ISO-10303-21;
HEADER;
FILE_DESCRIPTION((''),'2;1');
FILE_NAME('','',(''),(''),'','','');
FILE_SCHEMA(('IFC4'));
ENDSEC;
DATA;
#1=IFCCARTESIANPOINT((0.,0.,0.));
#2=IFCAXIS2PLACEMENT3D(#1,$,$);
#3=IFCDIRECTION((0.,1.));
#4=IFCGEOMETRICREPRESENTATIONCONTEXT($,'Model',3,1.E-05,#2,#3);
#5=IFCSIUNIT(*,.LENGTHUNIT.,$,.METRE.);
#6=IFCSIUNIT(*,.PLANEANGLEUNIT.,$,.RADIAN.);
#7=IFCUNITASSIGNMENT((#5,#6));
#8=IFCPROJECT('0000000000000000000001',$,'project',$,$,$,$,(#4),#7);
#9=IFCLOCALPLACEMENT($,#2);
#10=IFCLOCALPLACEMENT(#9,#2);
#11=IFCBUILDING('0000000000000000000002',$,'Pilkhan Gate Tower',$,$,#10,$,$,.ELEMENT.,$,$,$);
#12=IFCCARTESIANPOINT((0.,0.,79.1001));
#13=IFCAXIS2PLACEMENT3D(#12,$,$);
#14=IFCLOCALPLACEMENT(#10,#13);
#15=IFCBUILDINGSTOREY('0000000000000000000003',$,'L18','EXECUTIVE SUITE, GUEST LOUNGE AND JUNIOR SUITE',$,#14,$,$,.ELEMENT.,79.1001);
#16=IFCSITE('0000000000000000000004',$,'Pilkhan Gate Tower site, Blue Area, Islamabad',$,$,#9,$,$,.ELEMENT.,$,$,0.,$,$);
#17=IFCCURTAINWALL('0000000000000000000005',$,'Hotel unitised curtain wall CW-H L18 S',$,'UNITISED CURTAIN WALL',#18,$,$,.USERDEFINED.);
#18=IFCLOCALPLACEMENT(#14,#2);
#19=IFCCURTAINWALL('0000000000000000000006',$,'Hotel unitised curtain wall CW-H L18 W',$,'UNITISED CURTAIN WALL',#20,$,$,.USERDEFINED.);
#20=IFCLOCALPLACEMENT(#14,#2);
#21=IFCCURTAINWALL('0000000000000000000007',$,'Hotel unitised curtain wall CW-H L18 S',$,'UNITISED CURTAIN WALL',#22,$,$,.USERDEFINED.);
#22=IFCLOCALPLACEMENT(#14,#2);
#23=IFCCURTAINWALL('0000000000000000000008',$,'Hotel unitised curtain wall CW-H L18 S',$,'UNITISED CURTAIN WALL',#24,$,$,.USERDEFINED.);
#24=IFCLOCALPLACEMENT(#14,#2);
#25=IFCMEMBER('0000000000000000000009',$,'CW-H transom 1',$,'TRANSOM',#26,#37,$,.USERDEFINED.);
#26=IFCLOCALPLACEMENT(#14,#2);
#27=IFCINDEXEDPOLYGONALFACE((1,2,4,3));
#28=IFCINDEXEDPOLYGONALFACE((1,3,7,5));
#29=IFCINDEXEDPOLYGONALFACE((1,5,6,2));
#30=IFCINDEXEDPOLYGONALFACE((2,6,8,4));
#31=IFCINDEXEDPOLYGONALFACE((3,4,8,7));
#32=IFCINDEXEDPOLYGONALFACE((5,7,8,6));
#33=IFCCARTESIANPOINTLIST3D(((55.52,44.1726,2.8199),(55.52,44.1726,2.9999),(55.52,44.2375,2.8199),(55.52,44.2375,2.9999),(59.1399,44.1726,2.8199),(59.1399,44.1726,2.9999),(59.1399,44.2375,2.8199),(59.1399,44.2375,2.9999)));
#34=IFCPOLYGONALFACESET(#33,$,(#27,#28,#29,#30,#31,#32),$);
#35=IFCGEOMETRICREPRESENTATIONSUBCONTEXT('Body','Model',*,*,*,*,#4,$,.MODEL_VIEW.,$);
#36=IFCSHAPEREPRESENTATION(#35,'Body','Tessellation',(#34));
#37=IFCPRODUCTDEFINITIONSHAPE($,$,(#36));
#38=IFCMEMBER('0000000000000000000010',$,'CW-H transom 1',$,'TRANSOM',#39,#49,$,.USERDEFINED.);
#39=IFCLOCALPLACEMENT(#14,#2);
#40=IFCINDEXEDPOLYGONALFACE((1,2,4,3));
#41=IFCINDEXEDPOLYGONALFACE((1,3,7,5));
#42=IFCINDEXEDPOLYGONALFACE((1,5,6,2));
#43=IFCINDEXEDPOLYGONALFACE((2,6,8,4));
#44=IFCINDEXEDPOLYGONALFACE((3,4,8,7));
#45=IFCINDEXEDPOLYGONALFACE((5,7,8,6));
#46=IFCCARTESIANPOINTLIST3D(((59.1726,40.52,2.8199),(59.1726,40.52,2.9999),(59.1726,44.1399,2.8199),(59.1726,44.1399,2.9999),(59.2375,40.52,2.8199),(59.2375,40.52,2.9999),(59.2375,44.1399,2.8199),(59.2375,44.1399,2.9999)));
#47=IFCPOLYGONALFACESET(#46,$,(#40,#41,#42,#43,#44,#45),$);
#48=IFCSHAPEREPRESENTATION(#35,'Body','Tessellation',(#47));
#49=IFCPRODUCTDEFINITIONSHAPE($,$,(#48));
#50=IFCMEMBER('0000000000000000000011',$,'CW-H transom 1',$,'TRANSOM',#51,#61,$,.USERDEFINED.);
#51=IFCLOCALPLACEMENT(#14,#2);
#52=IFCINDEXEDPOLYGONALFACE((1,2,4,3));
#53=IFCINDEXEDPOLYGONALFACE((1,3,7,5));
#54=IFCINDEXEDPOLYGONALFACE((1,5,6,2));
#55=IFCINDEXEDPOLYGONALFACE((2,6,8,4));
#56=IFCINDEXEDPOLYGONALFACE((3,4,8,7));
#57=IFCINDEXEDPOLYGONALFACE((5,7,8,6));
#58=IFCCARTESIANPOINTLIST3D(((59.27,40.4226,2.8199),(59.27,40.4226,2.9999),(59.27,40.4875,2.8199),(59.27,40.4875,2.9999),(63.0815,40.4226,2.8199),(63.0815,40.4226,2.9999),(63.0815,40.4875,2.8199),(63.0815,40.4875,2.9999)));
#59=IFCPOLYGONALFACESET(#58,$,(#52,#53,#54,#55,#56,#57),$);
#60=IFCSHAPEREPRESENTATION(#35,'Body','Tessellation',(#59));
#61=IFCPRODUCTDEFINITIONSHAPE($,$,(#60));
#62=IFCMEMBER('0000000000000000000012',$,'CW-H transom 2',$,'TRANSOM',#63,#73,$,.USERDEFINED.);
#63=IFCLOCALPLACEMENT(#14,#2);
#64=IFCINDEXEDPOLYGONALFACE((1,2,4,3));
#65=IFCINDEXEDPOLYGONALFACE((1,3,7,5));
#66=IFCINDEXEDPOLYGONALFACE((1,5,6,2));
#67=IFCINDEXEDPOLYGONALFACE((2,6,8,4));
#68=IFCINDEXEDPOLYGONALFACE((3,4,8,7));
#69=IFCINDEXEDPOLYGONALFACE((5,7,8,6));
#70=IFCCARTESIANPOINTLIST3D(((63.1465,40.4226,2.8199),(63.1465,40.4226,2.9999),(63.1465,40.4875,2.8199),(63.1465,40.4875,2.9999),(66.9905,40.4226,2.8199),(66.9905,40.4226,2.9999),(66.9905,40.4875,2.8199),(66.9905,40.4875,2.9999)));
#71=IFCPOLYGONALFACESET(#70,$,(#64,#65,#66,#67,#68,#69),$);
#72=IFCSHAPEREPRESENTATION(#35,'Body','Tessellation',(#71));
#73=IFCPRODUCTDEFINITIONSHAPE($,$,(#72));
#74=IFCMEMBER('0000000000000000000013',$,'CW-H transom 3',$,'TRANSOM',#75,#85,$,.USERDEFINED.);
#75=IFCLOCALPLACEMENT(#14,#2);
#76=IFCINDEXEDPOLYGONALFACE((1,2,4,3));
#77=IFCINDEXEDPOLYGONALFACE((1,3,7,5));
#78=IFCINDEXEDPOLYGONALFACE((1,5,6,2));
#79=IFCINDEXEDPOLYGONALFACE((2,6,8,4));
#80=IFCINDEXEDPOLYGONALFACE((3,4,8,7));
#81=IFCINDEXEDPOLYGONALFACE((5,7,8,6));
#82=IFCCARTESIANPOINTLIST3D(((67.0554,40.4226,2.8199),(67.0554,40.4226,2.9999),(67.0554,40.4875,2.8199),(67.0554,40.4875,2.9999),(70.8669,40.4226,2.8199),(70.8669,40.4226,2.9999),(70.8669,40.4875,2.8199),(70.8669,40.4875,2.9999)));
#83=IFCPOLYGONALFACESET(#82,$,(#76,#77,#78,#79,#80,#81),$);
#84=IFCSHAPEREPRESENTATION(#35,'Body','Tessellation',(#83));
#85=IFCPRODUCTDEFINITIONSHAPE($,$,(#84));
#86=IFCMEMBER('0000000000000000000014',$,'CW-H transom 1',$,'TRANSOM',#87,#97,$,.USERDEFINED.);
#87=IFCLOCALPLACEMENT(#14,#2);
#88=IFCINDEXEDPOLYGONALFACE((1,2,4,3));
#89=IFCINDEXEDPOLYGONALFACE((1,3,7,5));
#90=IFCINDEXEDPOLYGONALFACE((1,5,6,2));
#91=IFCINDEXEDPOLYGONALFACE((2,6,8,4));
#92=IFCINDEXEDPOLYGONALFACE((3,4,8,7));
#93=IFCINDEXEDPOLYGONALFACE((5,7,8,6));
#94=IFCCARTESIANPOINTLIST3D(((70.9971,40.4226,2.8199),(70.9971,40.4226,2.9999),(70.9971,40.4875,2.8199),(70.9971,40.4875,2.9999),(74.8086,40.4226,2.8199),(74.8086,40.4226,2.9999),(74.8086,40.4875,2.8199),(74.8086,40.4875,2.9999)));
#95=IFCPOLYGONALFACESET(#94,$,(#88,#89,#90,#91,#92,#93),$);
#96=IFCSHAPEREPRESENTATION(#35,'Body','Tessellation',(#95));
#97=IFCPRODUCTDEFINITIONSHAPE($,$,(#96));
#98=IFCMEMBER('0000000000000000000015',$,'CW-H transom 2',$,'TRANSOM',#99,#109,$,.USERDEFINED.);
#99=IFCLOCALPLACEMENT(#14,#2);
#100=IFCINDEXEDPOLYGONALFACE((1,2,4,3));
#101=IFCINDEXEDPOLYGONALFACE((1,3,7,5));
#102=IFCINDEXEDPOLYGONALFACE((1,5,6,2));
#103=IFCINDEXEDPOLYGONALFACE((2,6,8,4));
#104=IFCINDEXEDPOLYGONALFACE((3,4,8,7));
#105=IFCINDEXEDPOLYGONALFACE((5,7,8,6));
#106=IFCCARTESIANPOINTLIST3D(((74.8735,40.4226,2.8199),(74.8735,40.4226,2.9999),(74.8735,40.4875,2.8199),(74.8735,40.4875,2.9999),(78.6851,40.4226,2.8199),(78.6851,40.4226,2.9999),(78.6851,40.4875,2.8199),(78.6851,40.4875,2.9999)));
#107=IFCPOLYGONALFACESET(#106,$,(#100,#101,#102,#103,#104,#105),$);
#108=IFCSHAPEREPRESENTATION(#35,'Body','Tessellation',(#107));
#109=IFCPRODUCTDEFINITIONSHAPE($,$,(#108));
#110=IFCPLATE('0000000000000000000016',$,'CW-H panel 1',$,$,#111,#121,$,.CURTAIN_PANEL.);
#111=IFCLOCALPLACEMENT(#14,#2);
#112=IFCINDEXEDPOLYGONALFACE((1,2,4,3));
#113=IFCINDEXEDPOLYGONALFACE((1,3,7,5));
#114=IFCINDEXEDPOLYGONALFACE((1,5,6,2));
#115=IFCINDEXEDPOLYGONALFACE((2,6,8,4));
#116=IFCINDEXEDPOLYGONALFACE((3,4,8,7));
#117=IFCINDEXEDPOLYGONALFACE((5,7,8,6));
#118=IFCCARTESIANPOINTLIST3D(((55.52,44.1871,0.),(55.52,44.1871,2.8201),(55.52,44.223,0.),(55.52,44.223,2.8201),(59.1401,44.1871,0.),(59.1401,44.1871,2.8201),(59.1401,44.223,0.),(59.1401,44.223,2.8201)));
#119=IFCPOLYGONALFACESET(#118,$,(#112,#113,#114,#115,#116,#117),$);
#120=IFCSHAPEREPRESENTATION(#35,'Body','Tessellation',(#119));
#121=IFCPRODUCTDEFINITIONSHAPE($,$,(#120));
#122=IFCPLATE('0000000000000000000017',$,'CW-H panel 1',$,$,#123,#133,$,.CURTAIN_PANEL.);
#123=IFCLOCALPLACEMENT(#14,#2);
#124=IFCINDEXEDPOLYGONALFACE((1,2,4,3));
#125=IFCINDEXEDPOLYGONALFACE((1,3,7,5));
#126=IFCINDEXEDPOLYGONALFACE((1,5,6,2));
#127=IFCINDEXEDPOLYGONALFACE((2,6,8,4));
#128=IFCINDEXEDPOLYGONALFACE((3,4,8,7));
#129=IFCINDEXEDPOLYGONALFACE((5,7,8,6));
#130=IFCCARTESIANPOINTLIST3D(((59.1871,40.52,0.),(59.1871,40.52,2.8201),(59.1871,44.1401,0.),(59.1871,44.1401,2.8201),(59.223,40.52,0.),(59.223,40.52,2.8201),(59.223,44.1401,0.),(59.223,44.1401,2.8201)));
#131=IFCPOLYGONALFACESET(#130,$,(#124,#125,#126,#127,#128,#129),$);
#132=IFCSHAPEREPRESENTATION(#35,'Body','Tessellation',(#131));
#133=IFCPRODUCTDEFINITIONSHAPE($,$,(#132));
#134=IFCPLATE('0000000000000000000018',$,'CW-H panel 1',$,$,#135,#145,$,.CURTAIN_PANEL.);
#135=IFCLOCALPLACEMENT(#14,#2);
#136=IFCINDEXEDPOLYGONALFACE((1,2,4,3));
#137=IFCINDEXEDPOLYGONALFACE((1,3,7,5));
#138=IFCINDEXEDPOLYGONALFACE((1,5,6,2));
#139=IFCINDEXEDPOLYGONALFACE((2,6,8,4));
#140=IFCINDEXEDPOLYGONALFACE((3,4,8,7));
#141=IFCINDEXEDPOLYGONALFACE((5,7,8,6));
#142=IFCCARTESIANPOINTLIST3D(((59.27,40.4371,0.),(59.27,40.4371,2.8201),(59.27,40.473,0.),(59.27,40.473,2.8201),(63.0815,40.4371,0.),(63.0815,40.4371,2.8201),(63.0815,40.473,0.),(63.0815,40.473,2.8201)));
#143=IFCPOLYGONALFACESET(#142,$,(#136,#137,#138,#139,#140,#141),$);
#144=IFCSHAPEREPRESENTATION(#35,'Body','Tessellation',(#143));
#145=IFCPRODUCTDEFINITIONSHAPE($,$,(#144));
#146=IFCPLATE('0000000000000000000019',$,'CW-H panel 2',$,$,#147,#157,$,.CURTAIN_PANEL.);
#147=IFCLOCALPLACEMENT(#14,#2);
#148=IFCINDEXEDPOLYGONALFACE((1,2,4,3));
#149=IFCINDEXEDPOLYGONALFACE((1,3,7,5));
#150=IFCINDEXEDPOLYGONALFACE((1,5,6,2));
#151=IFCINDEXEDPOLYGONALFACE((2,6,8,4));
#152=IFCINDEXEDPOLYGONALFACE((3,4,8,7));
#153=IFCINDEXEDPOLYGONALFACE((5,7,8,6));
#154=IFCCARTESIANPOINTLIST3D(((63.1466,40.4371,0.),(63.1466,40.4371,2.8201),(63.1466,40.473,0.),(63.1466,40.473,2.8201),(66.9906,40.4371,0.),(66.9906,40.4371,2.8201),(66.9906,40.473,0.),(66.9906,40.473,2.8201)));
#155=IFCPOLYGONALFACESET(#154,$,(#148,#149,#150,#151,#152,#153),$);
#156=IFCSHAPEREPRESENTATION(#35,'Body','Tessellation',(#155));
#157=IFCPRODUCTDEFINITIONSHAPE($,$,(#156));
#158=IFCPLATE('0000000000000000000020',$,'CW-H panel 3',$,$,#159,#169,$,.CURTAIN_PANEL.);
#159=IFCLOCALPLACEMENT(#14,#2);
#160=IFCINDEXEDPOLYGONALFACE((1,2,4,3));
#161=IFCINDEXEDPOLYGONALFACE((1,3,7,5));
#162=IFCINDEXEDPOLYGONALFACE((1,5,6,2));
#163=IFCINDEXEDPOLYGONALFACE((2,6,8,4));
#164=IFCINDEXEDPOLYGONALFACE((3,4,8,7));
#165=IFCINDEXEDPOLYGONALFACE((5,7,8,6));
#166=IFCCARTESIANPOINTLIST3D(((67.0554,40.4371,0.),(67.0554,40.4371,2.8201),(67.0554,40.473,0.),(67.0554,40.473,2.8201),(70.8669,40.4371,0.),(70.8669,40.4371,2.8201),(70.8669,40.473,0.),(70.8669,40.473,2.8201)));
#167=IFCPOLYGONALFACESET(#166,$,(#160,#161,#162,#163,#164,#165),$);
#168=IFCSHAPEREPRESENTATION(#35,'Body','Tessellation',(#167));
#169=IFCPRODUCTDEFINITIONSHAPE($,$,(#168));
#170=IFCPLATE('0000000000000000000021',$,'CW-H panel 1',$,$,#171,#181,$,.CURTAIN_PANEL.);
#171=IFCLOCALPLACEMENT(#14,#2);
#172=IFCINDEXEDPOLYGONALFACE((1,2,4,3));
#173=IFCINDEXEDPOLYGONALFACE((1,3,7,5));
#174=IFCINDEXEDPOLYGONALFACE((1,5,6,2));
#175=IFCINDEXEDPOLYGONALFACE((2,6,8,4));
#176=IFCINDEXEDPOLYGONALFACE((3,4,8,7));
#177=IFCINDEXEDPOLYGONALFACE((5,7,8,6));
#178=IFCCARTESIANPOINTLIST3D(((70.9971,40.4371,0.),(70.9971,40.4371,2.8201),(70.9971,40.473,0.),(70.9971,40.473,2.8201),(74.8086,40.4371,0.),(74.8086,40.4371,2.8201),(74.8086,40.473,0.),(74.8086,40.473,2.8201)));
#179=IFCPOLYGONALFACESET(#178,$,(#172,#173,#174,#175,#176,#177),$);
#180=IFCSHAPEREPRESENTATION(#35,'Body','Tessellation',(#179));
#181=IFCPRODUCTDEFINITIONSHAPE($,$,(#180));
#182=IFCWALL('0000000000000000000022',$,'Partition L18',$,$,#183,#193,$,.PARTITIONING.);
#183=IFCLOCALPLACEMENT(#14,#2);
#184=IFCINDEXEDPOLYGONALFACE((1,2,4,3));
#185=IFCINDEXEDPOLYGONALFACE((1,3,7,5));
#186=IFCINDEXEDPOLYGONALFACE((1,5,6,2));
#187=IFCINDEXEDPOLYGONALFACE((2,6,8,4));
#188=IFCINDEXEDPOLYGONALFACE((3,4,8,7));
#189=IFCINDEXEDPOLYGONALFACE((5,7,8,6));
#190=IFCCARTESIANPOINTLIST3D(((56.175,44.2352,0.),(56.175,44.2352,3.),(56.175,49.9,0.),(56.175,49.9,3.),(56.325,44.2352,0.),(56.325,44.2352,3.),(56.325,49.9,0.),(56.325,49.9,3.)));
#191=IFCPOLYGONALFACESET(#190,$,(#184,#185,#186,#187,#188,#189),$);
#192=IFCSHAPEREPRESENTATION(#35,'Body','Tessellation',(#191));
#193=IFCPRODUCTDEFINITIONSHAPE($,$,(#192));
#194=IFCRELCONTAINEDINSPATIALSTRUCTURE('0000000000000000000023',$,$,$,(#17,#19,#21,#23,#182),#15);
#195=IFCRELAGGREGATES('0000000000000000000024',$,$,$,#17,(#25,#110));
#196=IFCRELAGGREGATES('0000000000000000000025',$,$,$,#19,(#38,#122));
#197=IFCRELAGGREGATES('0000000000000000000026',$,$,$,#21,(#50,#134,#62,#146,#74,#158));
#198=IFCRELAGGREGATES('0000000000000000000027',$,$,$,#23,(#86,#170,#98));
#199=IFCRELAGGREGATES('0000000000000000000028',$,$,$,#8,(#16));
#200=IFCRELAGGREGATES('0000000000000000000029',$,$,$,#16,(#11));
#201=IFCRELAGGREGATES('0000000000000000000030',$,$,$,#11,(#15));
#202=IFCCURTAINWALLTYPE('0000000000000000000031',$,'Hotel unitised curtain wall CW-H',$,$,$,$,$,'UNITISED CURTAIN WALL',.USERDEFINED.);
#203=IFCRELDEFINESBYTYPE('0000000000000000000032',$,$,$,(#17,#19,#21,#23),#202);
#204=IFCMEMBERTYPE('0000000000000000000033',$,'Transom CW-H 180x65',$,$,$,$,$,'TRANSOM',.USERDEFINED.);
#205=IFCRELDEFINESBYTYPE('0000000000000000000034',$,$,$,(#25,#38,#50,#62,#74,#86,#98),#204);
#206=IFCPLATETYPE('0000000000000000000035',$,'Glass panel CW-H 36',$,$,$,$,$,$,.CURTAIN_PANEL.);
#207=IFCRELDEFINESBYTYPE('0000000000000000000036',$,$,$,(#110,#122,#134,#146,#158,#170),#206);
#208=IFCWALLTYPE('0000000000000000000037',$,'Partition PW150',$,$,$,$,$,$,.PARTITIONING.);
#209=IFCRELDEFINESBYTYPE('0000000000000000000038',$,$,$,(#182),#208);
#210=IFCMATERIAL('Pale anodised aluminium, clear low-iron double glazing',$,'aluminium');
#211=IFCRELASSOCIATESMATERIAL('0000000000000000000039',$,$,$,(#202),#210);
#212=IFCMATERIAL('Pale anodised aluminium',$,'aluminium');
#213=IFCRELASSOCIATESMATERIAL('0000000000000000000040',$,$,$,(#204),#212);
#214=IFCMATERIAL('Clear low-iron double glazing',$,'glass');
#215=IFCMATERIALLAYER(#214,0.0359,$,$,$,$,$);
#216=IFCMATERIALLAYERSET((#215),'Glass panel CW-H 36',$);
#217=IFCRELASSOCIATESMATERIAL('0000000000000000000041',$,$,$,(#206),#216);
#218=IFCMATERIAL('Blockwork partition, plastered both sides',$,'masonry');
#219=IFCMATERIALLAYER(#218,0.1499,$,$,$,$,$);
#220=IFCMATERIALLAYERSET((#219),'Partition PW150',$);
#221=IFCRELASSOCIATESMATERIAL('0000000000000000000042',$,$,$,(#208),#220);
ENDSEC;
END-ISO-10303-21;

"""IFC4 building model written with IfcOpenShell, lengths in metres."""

from ifc_helpers import new_model, si_unit, direction, frame, frame_2d, origin, origin_2d, place, context, subcontext, project, spatial, rectangle, extrude, material, layer, layer_set, material_profile, profile_set, type_object, element, aggregate, save


model = new_model("IFC4")

# Units and contexts
model_context = context("Model", 3, precision=1e-05, world=origin(), true_north=direction((0.0, 1.0)))
body_context = subcontext(model_context, "Body", "Model", "MODEL_VIEW")
ifc_project = project(units=[si_unit("LENGTHUNIT", "METRE"), si_unit("PLANEANGLEUNIT", "RADIAN")], contexts=[model_context])

# Site, building, storey
site_placement = place(None, origin())
site = spatial("IfcSite", under=ifc_project, at=site_placement, Name="Pilkhan Gate Tower site, Blue Area, Islamabad", CompositionType="ELEMENT", RefElevation=0.0)
building_placement = place(site_placement, origin())
building = spatial("IfcBuilding", under=site, at=building_placement, Name="Pilkhan Gate Tower", CompositionType="ELEMENT")
storey_placement = place(building_placement, frame((0.0, 0.0, 79.1001)))
storey = spatial("IfcBuildingStorey", under=building, at=storey_placement, Name="L18", Description="EXECUTIVE SUITE, GUEST LOUNGE AND JUNIOR SUITE", CompositionType="ELEMENT", Elevation=79.1001)

# Shared definitions
ifc_material_1 = material(Name="Pale anodised aluminium, clear low-iron double glazing", Category="aluminium")
curtain_wall_type = type_object("IfcCurtainWallType", Name="Hotel unitised curtain wall CW-H", ElementType="UNITISED CURTAIN WALL", PredefinedType="USERDEFINED", material=ifc_material_1)
ifc_material_2 = material(Name="Pale anodised aluminium", Category="aluminium")

# Curtain walls
curtain_wall_1_placement = place(storey_placement, origin())
curtain_wall_1 = element("IfcCurtainWall", 1, at=curtain_wall_1_placement, inside=storey, type_object=curtain_wall_type, Name="Hotel unitised curtain wall CW-H L18 S", ObjectType="UNITISED CURTAIN WALL", PredefinedType="USERDEFINED")
curtain_wall_2_placement = place(storey_placement, origin())
curtain_wall_2 = element("IfcCurtainWall", 2, at=curtain_wall_2_placement, inside=storey, type_object=curtain_wall_type, Name="Hotel unitised curtain wall CW-H L18 W", ObjectType="UNITISED CURTAIN WALL", PredefinedType="USERDEFINED")
curtain_wall_3_placement = place(storey_placement, origin())
curtain_wall_3 = element("IfcCurtainWall", 3, at=curtain_wall_3_placement, inside=storey, type_object=curtain_wall_type, Name="Hotel unitised curtain wall CW-H L18 S", ObjectType="UNITISED CURTAIN WALL", PredefinedType="USERDEFINED")
curtain_wall_4_placement = place(storey_placement, origin())
curtain_wall_4 = element("IfcCurtainWall", 4, at=curtain_wall_4_placement, inside=storey, type_object=curtain_wall_type, Name="Hotel unitised curtain wall CW-H L18 S", ObjectType="UNITISED CURTAIN WALL", PredefinedType="USERDEFINED")

# Members
ifc_material_profile_1 = material_profile(ifc_material_2, rectangle(XDim=0.0649, YDim=0.1799, at=origin_2d()), Name="Transom 180x65")
ifc_profile_set_1 = profile_set([ifc_material_profile_1], Name="Pale anodised aluminium")
member_type_1 = type_object("IfcMemberType", Name="Transom CW-H 180x65", ElementType="TRANSOM", PredefinedType="USERDEFINED", material=ifc_profile_set_1)
member_1_placement = place(storey_placement, frame((55.52, 44.2051, 2.9099), z_axis=(1.0, 0.0, 0.0), x_axis=(0.0, 1.0, 0.0)))
member_1 = element("IfcMember", 5, at=member_1_placement, type_object=member_type_1, Name="CW-H transom 1", ObjectType="TRANSOM", PredefinedType="USERDEFINED", context=body_context, shape_type="SweptSolid", body=[
    extrude(rectangle(XDim=0.0649, YDim=0.1799, at=origin_2d()), origin(), (0.0, 0.0, 1.0), 3.6199),
])
member_2_placement = place(storey_placement, frame((59.2051, 40.52, 2.9099), z_axis=(0.0, 1.0, 0.0), x_axis=(-1.0, 0.0, 0.0)))
member_2 = element("IfcMember", 6, at=member_2_placement, type_object=member_type_1, Name="CW-H transom 1", ObjectType="TRANSOM", PredefinedType="USERDEFINED", context=body_context, shape_type="SweptSolid", body=[
    extrude(rectangle(XDim=0.0649, YDim=0.1799, at=origin_2d()), origin(), (0.0, 0.0, 1.0), 3.6199),
])
member_3_placement = place(storey_placement, frame((59.27, 40.4551, 2.9099), z_axis=(1.0, 0.0, 0.0), x_axis=(0.0, 1.0, 0.0)))
member_3 = element("IfcMember", 7, at=member_3_placement, type_object=member_type_1, Name="CW-H transom 1", ObjectType="TRANSOM", PredefinedType="USERDEFINED", context=body_context, shape_type="SweptSolid", body=[
    extrude(rectangle(XDim=0.0649, YDim=0.1799, at=origin_2d()), origin(), (0.0, 0.0, 1.0), 3.8115),
])
member_4_placement = place(storey_placement, frame((63.1465, 40.4551, 2.9099), z_axis=(1.0, 0.0, 0.0), x_axis=(0.0, 1.0, 0.0)))
member_4 = element("IfcMember", 8, at=member_4_placement, type_object=member_type_1, Name="CW-H transom 2", ObjectType="TRANSOM", PredefinedType="USERDEFINED", context=body_context, shape_type="SweptSolid", body=[
    extrude(rectangle(XDim=0.0649, YDim=0.1799, at=origin_2d()), origin(), (0.0, 0.0, 1.0), 3.844),
])
member_5_placement = place(storey_placement, frame((67.0554, 40.4551, 2.9099), z_axis=(1.0, 0.0, 0.0), x_axis=(0.0, 1.0, 0.0)))
member_5 = element("IfcMember", 9, at=member_5_placement, type_object=member_type_1, Name="CW-H transom 3", ObjectType="TRANSOM", PredefinedType="USERDEFINED", context=body_context, shape_type="SweptSolid", body=[
    extrude(rectangle(XDim=0.0649, YDim=0.1799, at=origin_2d()), origin(), (0.0, 0.0, 1.0), 3.8115),
])
member_6_placement = place(storey_placement, frame((70.9971, 40.4551, 2.9099), z_axis=(1.0, 0.0, 0.0), x_axis=(0.0, 1.0, 0.0)))
member_6 = element("IfcMember", 10, at=member_6_placement, type_object=member_type_1, Name="CW-H transom 1", ObjectType="TRANSOM", PredefinedType="USERDEFINED", context=body_context, shape_type="SweptSolid", body=[
    extrude(rectangle(XDim=0.0649, YDim=0.1799, at=origin_2d()), origin(), (0.0, 0.0, 1.0), 3.8115),
])
member_7_placement = place(storey_placement, frame((74.8735, 40.4551, 2.9099), z_axis=(1.0, 0.0, 0.0), x_axis=(0.0, 1.0, 0.0)))
member_7 = element("IfcMember", 11, at=member_7_placement, type_object=member_type_1, Name="CW-H transom 2", ObjectType="TRANSOM", PredefinedType="USERDEFINED", context=body_context, shape_type="SweptSolid", body=[
    extrude(rectangle(XDim=0.0649, YDim=0.1799, at=origin_2d()), origin(), (0.0, 0.0, 1.0), 3.8115),
])

# Plates
ifc_material_3 = material(Name="Clear low-iron double glazing", Category="glass")
ifc_layer_1 = layer(ifc_material_3, 0.0359)
ifc_layer_set_1 = layer_set([ifc_layer_1], Name="Glass panel CW-H 36")
plate_type = type_object("IfcPlateType", Name="Glass panel CW-H 36", PredefinedType="CURTAIN_PANEL", material=ifc_layer_set_1)
plate_1_placement = place(storey_placement, frame((57.3301, 44.2051, 0.0), z_axis=(0.0, 0.0, 1.0), x_axis=(1.0, 0.0, 0.0)))
plate_1 = element("IfcPlate", 12, at=plate_1_placement, type_object=plate_type, Name="CW-H panel 1", PredefinedType="CURTAIN_PANEL", context=body_context, shape_type="SweptSolid", body=[
    extrude(rectangle(XDim=3.6201, YDim=0.0359, at=origin_2d()), origin(), (0.0, 0.0, 1.0), 2.8201),
])
aggregate(curtain_wall_1, [member_1, plate_1])
plate_2_placement = place(storey_placement, frame((59.2051, 42.3301, 0.0), z_axis=(0.0, 0.0, 1.0), x_axis=(0.0, 1.0, 0.0)))
plate_2 = element("IfcPlate", 13, at=plate_2_placement, type_object=plate_type, Name="CW-H panel 1", PredefinedType="CURTAIN_PANEL", context=body_context, shape_type="SweptSolid", body=[
    extrude(rectangle(XDim=3.6201, YDim=0.0359, at=origin_2d()), origin(), (0.0, 0.0, 1.0), 2.8201),
])
aggregate(curtain_wall_2, [member_2, plate_2])
plate_3_placement = place(storey_placement, frame((61.1758, 40.4551, 0.0), z_axis=(0.0, 0.0, 1.0), x_axis=(1.0, 0.0, 0.0)))
plate_3 = element("IfcPlate", 14, at=plate_3_placement, type_object=plate_type, Name="CW-H panel 1", PredefinedType="CURTAIN_PANEL", context=body_context, shape_type="SweptSolid", body=[
    extrude(rectangle(XDim=3.8115, YDim=0.0359, at=origin_2d()), origin(), (0.0, 0.0, 1.0), 2.8201),
])
plate_4_placement = place(storey_placement, frame((65.0686, 40.4551, 0.0), z_axis=(0.0, 0.0, 1.0), x_axis=(1.0, 0.0, 0.0)))
plate_4 = element("IfcPlate", 15, at=plate_4_placement, type_object=plate_type, Name="CW-H panel 2", PredefinedType="CURTAIN_PANEL", context=body_context, shape_type="SweptSolid", body=[
    extrude(rectangle(XDim=3.844, YDim=0.0359, at=origin_2d()), origin(), (0.0, 0.0, 1.0), 2.8201),
])
plate_5_placement = place(storey_placement, frame((68.9612, 40.4551, 0.0), z_axis=(0.0, 0.0, 1.0), x_axis=(1.0, 0.0, 0.0)))
plate_5 = element("IfcPlate", 16, at=plate_5_placement, type_object=plate_type, Name="CW-H panel 3", PredefinedType="CURTAIN_PANEL", context=body_context, shape_type="SweptSolid", body=[
    extrude(rectangle(XDim=3.8115, YDim=0.0359, at=origin_2d()), origin(), (0.0, 0.0, 1.0), 2.8201),
])
aggregate(curtain_wall_3, [member_3, plate_3, member_4, plate_4, member_5, plate_5])
plate_6_placement = place(storey_placement, frame((72.9028, 40.4551, 0.0), z_axis=(0.0, 0.0, 1.0), x_axis=(1.0, 0.0, 0.0)))
plate_6 = element("IfcPlate", 17, at=plate_6_placement, type_object=plate_type, Name="CW-H panel 1", PredefinedType="CURTAIN_PANEL", context=body_context, shape_type="SweptSolid", body=[
    extrude(rectangle(XDim=3.8115, YDim=0.0359, at=origin_2d()), origin(), (0.0, 0.0, 1.0), 2.8201),
])
aggregate(curtain_wall_4, [member_6, plate_6, member_7])

# Wall
ifc_material_4 = material(Name="Blockwork partition, plastered both sides", Category="masonry")
ifc_layer_2 = layer(ifc_material_4, 0.1499)
ifc_layer_set_2 = layer_set([ifc_layer_2], Name="Partition PW150")
wall_type = type_object("IfcWallType", Name="Partition PW150", PredefinedType="PARTITIONING", material=ifc_layer_set_2)
wall_1_placement = place(storey_placement, frame((56.25, 44.2351, 0.0), z_axis=(0.0, 0.0, 1.0), x_axis=(0.0, 1.0, 0.0)))
element("IfcWall", 18, at=wall_1_placement, inside=storey, type_object=wall_type, Name="Partition L18", PredefinedType="PARTITIONING", context=body_context, shape_type="SweptSolid", body=[
    extrude(rectangle(XDim=5.6648, YDim=0.1499, at=frame_2d((2.8325, 0.0))), origin(), (0.0, 0.0, 1.0), 3.0),
])

save(model, "model.ifc")
